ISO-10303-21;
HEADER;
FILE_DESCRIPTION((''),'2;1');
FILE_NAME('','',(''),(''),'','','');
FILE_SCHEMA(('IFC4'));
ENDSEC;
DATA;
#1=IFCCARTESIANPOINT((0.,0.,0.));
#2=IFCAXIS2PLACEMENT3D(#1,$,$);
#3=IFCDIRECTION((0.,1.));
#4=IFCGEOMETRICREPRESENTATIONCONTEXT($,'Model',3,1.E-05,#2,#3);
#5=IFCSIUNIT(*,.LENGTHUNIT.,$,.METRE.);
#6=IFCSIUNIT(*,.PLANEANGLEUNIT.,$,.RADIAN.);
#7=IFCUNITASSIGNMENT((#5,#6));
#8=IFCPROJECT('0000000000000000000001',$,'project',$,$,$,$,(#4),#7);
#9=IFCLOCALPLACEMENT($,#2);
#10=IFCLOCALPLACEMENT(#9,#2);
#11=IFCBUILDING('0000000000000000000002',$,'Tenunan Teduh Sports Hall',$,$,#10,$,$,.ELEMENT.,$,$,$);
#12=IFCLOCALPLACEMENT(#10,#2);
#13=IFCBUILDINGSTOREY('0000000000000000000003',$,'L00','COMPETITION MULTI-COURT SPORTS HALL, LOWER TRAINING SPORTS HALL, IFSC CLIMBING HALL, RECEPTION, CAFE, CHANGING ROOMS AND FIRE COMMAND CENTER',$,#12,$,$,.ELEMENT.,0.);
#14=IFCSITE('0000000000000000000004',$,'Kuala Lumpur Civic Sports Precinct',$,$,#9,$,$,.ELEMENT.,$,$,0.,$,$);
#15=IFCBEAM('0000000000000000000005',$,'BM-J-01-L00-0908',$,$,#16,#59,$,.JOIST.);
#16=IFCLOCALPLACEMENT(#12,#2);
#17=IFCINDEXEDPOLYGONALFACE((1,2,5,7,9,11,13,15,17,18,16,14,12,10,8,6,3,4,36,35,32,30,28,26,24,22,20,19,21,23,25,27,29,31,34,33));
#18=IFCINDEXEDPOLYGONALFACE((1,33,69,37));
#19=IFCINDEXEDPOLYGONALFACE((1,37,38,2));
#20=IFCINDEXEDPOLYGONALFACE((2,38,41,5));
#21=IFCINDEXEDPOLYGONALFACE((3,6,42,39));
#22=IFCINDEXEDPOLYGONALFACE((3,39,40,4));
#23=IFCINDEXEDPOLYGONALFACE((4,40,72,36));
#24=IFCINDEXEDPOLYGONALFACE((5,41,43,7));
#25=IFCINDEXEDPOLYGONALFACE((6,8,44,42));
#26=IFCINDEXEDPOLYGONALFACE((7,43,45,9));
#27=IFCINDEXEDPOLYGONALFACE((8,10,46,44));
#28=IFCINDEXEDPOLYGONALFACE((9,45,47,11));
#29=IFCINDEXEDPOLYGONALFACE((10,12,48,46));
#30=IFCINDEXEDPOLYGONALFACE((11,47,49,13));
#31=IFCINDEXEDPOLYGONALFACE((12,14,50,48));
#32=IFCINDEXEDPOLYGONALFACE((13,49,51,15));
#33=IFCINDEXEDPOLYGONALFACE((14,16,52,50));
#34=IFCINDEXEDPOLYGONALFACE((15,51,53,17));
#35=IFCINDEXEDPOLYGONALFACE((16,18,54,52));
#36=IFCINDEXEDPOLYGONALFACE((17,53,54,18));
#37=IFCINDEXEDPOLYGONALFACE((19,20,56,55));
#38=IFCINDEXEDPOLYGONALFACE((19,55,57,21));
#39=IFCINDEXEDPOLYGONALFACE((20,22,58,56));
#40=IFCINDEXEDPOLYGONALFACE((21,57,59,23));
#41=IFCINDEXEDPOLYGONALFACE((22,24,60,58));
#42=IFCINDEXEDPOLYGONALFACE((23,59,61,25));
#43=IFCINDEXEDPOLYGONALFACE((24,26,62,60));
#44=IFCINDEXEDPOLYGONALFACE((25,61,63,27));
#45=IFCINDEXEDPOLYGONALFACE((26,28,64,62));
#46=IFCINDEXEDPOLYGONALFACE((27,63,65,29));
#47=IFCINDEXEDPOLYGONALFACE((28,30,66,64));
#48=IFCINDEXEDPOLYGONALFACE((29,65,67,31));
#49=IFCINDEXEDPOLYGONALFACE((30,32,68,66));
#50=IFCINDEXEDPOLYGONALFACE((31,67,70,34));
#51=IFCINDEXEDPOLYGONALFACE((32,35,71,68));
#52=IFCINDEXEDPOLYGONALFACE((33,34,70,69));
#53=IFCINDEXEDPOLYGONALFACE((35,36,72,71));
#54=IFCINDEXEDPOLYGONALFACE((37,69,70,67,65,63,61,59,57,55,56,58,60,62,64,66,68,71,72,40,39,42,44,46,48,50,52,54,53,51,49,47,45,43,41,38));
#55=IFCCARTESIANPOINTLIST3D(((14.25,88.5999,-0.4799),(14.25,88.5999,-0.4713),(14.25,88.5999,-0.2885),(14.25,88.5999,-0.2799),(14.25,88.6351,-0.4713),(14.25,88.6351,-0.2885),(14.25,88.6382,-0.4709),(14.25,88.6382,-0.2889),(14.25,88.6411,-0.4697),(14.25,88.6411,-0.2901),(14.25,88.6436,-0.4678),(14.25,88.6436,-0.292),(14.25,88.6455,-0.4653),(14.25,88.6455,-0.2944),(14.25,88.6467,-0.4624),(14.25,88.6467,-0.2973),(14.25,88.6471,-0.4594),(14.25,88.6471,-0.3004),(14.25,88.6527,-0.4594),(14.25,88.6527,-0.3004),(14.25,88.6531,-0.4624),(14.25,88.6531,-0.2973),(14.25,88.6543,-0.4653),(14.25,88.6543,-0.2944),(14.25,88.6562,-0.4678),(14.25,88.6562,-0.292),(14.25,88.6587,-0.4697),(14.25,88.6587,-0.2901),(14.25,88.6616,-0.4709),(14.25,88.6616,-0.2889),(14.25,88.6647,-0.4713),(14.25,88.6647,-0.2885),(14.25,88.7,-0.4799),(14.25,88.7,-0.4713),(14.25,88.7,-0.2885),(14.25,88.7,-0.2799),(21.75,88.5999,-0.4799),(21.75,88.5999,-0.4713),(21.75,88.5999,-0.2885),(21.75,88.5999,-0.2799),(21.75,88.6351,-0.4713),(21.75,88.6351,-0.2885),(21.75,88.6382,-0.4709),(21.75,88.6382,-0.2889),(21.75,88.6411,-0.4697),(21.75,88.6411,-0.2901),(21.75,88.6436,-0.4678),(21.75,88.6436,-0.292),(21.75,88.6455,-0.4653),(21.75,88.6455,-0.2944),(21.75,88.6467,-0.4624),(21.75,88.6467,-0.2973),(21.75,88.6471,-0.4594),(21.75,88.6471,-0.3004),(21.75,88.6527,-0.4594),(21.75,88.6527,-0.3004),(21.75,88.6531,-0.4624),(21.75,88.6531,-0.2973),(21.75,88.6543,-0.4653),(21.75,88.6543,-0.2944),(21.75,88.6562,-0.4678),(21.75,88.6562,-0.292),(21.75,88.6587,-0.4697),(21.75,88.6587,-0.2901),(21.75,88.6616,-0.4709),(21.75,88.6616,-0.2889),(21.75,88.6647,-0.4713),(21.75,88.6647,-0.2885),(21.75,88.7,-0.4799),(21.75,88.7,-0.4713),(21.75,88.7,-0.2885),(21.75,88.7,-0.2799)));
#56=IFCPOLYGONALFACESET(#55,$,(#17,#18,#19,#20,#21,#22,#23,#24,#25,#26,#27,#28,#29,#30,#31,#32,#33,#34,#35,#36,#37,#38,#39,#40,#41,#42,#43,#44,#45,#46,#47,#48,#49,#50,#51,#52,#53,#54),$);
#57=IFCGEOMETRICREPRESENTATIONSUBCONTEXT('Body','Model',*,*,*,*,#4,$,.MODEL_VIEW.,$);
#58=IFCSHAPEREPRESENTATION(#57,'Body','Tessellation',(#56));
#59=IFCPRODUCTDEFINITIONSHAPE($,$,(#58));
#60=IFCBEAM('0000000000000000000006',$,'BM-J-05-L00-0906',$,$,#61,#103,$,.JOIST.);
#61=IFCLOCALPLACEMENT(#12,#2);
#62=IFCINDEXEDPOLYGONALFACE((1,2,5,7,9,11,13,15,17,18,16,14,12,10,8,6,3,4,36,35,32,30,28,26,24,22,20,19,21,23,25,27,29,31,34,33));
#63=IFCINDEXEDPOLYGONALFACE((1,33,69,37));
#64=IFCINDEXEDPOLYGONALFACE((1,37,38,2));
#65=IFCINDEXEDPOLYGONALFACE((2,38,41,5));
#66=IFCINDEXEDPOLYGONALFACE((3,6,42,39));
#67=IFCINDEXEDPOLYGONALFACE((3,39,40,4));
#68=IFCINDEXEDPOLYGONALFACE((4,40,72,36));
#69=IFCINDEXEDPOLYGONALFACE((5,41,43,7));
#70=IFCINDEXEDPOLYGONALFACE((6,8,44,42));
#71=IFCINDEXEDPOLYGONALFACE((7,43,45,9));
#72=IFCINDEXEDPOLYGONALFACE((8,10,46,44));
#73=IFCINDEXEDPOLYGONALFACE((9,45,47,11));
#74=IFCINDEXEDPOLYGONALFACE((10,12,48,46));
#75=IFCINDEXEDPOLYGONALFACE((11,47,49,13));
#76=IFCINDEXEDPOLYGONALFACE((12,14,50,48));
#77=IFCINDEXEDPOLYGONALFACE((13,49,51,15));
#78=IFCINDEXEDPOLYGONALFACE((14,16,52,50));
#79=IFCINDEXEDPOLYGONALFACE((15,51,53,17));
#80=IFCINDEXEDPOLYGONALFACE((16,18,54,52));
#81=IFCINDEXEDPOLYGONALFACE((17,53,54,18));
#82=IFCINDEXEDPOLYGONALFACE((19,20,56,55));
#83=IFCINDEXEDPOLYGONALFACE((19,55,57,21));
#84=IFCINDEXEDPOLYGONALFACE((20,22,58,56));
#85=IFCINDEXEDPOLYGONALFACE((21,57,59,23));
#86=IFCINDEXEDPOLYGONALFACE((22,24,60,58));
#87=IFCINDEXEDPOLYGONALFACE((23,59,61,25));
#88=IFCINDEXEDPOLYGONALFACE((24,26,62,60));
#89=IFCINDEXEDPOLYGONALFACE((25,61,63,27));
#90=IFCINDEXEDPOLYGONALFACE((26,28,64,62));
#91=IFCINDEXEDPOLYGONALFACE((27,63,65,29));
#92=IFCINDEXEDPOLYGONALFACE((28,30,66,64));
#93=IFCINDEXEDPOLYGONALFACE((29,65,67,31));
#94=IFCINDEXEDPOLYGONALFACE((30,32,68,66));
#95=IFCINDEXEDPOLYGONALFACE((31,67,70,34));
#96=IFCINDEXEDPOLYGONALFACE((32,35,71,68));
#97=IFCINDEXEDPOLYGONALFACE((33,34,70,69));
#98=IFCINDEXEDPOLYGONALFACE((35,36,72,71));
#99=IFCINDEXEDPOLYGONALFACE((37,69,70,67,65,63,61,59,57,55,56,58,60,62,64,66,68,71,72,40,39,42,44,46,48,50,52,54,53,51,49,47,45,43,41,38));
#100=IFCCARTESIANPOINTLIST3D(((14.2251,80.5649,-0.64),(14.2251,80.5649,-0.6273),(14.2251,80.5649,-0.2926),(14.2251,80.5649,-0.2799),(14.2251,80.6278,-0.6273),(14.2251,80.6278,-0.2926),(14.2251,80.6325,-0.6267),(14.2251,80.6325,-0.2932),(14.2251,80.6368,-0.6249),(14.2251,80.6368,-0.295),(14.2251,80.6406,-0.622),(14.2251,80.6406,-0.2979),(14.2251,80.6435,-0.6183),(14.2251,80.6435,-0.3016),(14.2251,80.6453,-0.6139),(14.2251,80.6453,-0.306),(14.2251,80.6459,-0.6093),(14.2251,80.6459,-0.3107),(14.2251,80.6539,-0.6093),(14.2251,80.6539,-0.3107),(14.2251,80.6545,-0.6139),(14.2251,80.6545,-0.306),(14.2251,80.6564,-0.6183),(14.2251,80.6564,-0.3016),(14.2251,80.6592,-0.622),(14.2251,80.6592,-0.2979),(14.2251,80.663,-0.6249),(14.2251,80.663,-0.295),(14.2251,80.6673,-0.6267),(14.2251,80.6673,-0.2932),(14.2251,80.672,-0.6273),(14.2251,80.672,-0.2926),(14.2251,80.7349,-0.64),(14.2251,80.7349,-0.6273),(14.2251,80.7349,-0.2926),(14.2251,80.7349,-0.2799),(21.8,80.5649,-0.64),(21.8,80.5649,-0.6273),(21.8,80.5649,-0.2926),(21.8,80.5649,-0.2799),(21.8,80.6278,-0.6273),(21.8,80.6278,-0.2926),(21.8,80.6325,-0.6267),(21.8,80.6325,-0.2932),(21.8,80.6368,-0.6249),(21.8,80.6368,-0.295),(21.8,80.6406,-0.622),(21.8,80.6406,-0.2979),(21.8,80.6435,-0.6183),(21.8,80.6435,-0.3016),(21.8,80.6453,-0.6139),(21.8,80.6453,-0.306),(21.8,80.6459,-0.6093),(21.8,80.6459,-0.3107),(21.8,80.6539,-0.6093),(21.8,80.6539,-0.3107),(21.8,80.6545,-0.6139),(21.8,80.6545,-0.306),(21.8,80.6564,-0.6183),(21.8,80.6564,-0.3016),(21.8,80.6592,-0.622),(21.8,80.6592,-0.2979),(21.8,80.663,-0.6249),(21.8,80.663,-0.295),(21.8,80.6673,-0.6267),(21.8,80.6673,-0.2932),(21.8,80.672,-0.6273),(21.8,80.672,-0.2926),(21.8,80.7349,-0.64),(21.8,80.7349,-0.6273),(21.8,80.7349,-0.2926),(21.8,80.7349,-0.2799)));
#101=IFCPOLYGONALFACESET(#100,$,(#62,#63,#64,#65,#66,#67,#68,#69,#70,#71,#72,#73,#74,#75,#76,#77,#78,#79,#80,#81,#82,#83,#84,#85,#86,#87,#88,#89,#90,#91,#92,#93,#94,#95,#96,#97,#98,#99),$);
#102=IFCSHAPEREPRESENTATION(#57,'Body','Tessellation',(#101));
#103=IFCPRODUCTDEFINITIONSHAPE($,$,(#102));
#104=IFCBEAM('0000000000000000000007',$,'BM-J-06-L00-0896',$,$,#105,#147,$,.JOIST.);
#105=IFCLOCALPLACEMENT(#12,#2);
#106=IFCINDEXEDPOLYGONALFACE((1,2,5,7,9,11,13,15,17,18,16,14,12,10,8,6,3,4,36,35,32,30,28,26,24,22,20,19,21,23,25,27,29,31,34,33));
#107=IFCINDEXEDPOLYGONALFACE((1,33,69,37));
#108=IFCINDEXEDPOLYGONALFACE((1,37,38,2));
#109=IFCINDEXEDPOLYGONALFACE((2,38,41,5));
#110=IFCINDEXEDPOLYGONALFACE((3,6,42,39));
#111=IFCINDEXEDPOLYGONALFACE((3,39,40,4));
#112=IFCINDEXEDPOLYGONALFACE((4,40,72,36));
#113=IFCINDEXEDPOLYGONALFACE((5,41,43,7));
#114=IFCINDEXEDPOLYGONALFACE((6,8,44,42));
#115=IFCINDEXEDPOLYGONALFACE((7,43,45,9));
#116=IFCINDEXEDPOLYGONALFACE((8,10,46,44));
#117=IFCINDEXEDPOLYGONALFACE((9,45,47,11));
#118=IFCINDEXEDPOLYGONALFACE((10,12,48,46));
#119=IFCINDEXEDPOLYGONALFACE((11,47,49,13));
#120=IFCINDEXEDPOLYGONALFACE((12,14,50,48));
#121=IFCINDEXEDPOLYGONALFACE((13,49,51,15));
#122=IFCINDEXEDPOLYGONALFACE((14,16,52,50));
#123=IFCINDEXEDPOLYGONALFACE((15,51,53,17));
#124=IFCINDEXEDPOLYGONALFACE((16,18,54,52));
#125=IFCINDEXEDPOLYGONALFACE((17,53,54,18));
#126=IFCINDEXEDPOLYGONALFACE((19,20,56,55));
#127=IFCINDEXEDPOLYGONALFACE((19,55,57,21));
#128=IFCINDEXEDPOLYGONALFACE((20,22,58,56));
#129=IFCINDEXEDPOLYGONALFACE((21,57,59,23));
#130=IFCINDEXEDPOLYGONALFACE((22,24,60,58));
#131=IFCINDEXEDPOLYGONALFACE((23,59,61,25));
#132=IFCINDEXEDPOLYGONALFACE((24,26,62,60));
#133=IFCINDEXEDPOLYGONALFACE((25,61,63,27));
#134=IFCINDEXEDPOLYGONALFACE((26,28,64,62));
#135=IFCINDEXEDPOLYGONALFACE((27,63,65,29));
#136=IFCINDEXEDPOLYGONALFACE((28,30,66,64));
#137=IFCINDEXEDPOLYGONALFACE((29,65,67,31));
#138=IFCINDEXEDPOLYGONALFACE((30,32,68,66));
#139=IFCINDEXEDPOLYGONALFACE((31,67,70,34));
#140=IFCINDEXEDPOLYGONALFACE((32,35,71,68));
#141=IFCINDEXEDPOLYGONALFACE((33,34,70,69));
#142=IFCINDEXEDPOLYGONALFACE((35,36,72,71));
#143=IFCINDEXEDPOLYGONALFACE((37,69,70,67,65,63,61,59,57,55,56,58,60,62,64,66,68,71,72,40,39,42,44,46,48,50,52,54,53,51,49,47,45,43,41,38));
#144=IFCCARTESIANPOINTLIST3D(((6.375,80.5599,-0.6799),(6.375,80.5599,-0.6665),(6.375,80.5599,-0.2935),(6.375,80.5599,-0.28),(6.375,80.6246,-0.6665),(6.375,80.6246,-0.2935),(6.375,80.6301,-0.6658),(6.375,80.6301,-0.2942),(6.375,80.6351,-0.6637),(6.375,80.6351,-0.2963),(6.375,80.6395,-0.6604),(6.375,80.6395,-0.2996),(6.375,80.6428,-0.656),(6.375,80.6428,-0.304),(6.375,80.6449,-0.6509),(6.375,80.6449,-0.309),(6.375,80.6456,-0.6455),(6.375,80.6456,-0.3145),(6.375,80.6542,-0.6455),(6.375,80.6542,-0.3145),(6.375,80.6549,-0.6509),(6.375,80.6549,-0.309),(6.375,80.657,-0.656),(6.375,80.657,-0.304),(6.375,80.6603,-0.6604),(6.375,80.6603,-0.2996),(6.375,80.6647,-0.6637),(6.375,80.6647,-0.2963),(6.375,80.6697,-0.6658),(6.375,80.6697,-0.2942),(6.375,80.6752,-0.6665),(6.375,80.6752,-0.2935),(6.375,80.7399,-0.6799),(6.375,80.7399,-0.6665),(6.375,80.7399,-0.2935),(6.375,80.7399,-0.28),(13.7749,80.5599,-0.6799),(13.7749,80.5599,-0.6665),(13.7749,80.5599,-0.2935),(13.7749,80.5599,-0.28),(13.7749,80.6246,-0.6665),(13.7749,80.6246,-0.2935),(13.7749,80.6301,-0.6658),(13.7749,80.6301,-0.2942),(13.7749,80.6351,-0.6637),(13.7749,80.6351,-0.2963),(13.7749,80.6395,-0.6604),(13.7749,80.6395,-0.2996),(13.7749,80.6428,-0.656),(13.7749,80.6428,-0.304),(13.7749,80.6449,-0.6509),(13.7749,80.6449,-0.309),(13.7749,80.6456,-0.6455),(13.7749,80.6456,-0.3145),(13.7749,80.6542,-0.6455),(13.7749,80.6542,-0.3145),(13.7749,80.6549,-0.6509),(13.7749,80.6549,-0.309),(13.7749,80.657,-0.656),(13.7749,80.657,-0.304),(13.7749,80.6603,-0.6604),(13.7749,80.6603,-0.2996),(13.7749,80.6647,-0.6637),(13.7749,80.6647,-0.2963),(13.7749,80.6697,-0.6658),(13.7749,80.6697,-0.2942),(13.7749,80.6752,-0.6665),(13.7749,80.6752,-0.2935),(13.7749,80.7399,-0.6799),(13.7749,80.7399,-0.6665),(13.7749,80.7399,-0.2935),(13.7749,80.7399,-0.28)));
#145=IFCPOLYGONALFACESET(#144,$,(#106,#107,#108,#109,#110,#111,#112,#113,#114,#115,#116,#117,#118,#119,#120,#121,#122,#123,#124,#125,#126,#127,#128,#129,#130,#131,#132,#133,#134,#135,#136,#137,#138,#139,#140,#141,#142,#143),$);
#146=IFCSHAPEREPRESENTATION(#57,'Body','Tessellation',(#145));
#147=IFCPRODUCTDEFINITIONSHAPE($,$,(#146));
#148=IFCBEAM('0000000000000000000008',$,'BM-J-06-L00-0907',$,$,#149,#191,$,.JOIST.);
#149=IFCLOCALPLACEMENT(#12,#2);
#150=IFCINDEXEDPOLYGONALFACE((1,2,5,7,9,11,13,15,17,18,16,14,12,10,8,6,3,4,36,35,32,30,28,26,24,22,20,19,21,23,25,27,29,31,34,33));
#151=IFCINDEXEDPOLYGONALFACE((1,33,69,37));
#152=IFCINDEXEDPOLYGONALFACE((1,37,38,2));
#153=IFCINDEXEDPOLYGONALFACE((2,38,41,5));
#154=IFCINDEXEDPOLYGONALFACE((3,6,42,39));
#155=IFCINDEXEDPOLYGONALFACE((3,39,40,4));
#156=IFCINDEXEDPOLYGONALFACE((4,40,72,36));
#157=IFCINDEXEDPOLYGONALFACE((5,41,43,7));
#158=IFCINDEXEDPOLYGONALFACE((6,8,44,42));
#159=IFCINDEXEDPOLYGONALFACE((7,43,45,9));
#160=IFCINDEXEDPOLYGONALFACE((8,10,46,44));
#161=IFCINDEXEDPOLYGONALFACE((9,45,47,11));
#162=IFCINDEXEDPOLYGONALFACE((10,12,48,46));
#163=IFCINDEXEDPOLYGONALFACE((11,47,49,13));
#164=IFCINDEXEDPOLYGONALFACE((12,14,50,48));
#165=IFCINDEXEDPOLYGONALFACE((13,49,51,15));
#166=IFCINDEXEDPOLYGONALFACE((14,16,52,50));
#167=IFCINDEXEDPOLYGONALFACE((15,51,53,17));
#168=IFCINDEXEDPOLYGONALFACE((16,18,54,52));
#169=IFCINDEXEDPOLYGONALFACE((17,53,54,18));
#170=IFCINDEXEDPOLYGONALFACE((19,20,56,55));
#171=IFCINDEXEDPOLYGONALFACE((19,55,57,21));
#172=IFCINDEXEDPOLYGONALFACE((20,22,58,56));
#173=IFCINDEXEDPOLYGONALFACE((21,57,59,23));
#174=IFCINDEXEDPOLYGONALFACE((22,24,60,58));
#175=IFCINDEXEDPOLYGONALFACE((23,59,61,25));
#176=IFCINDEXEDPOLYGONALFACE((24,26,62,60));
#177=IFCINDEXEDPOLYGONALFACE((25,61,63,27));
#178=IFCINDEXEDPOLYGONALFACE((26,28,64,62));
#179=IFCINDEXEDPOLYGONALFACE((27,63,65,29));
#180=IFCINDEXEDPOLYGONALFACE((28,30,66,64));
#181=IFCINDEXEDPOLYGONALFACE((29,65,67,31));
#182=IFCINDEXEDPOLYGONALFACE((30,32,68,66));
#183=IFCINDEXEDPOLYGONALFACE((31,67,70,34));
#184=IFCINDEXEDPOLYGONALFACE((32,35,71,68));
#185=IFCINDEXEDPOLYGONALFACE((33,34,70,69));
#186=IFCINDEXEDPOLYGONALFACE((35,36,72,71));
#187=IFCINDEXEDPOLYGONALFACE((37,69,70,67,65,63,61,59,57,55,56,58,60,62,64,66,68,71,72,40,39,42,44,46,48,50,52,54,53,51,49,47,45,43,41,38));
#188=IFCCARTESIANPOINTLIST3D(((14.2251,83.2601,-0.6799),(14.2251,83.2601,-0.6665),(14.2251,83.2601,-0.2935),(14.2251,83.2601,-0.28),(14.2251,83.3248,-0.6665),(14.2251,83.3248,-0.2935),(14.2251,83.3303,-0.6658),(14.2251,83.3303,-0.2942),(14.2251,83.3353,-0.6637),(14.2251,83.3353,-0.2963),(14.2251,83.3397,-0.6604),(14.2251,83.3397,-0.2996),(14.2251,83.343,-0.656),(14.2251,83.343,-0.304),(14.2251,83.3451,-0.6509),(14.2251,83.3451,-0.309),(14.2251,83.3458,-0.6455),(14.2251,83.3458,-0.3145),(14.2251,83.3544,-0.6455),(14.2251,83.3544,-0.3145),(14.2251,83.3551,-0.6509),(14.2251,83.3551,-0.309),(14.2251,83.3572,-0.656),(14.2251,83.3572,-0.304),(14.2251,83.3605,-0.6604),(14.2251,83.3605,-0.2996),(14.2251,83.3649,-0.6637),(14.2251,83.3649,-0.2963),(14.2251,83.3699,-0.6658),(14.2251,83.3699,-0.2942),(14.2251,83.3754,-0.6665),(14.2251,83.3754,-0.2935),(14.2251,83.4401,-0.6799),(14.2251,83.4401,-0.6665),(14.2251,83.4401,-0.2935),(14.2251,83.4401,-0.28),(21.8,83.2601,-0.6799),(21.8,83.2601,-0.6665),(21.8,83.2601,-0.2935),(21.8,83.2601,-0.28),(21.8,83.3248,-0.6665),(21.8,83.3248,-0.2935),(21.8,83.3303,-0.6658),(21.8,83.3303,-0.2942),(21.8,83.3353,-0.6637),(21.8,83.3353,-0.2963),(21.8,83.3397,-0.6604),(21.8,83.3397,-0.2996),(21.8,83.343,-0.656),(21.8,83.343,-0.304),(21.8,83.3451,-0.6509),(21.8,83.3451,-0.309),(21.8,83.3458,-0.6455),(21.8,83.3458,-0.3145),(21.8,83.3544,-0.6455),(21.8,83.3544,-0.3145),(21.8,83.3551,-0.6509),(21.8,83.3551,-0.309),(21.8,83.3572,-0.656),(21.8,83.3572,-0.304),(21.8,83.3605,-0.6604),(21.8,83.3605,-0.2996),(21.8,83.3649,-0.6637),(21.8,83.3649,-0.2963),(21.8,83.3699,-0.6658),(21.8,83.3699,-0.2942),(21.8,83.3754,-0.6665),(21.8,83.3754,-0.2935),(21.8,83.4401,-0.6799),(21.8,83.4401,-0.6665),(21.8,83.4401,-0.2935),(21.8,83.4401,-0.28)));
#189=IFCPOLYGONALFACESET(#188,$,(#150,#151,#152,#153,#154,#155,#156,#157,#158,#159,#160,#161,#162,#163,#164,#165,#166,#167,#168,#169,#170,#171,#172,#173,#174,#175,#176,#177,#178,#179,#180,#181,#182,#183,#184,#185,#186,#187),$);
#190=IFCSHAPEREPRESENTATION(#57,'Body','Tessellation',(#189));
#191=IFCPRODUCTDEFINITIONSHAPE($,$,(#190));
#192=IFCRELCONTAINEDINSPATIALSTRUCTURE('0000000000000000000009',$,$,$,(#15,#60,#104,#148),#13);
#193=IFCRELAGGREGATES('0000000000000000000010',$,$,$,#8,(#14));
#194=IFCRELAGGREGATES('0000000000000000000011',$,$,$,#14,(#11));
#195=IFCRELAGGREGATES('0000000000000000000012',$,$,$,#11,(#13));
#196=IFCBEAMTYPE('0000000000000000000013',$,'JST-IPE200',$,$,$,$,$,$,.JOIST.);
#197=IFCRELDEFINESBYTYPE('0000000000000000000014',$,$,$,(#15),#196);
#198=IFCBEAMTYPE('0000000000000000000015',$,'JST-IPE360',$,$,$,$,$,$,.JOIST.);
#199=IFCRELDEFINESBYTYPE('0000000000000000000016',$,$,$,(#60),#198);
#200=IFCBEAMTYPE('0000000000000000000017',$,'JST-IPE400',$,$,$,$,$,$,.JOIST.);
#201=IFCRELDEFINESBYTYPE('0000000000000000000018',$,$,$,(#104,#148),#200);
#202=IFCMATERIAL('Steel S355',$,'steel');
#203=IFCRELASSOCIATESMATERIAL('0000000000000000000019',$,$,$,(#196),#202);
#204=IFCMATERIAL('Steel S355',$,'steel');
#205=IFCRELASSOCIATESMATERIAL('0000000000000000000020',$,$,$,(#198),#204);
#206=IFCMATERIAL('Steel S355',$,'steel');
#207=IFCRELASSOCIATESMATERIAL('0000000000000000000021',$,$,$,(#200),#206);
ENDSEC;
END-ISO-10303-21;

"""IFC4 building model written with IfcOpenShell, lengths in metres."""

from ifc_helpers import new_model, si_unit, direction, frame, origin, origin_2d, place, context, subcontext, project, spatial, i_section, extrude, material, material_profile, profile_set, type_object, element, save


model = new_model("IFC4")

# Units and contexts
model_context = context("Model", 3, precision=1e-05, world=origin(), true_north=direction((0.0, 1.0)))
body_context = subcontext(model_context, "Body", "Model", "MODEL_VIEW")
ifc_project = project(units=[si_unit("LENGTHUNIT", "METRE"), si_unit("PLANEANGLEUNIT", "RADIAN")], contexts=[model_context])

# Site, building, storey
site_placement = place(None, origin())
site = spatial("IfcSite", under=ifc_project, at=site_placement, Name="Kuala Lumpur Civic Sports Precinct", CompositionType="ELEMENT", RefElevation=0.0)
building_placement = place(site_placement, origin())
building = spatial("IfcBuilding", under=site, at=building_placement, Name="Tenunan Teduh Sports Hall", CompositionType="ELEMENT")
storey_placement = place(building_placement, origin())
storey = spatial("IfcBuildingStorey", under=building, at=storey_placement, Name="L00", Description="COMPETITION MULTI-COURT SPORTS HALL, LOWER TRAINING SPORTS HALL, IFSC CLIMBING HALL, RECEPTION, CAFE, CHANGING ROOMS AND FIRE COMMAND CENTER", CompositionType="ELEMENT", Elevation=0.0)

# Beams
ifc_material_1 = material(Name="Steel S355", Category="steel")
ifc_material_profile_1 = material_profile(ifc_material_1, i_section(OverallWidth=0.1001, OverallDepth=0.2, WebThickness=0.0056, FlangeThickness=0.0085, FilletRadius=0.012, at=origin_2d()), Name="IPE 200")
ifc_profile_set_1 = profile_set([ifc_material_profile_1], Name="Steel S355")
beam_type_1 = type_object("IfcBeamType", Name="JST-IPE200", PredefinedType="JOIST", material=ifc_profile_set_1)
beam_1_placement = place(storey_placement, frame((14.25, 88.6499, -0.3799), z_axis=(1.0, 0.0, 0.0), x_axis=(0.0, 1.0, 0.0)))
element("IfcBeam", 1, at=beam_1_placement, inside=storey, type_object=beam_type_1, Name="BM-J-01-L00-0908", PredefinedType="JOIST", context=body_context, shape_type="SweptSolid", body=[
    extrude(i_section(OverallWidth=0.1001, OverallDepth=0.2, WebThickness=0.0056, FlangeThickness=0.0085, FilletRadius=0.012, at=origin_2d()), origin(), (0.0, 0.0, 1.0), 7.5),
])
ifc_material_2 = material(Name="Steel S355", Category="steel")
ifc_material_profile_2 = material_profile(ifc_material_2, i_section(OverallWidth=0.1699, OverallDepth=0.3601, WebThickness=0.0081, FlangeThickness=0.0127, FilletRadius=0.0181, at=origin_2d()), Name="IPE 360")
ifc_profile_set_2 = profile_set([ifc_material_profile_2], Name="Steel S355")
beam_type_2 = type_object("IfcBeamType", Name="JST-IPE360", PredefinedType="JOIST", material=ifc_profile_set_2)
beam_2_placement = place(storey_placement, frame((14.2251, 80.6499, -0.46), z_axis=(1.0, 0.0, 0.0), x_axis=(0.0, 1.0, 0.0)))
element("IfcBeam", 2, at=beam_2_placement, inside=storey, type_object=beam_type_2, Name="BM-J-05-L00-0906", PredefinedType="JOIST", context=body_context, shape_type="SweptSolid", body=[
    extrude(i_section(OverallWidth=0.1699, OverallDepth=0.3601, WebThickness=0.0081, FlangeThickness=0.0127, FilletRadius=0.0181, at=origin_2d()), origin(), (0.0, 0.0, 1.0), 7.575),
])
ifc_material_3 = material(Name="Steel S355", Category="steel")
ifc_material_profile_3 = material_profile(ifc_material_3, i_section(OverallWidth=0.1799, OverallDepth=0.3999, WebThickness=0.0085, FlangeThickness=0.0134, FilletRadius=0.021, at=origin_2d()), Name="IPE 400")
ifc_profile_set_3 = profile_set([ifc_material_profile_3], Name="Steel S355")
beam_type_3 = type_object("IfcBeamType", Name="JST-IPE400", PredefinedType="JOIST", material=ifc_profile_set_3)
beam_3_placement = place(storey_placement, frame((6.375, 80.6499, -0.48), z_axis=(1.0, 0.0, 0.0), x_axis=(0.0, 1.0, 0.0)))
element("IfcBeam", 3, at=beam_3_placement, inside=storey, type_object=beam_type_3, Name="BM-J-06-L00-0896", PredefinedType="JOIST", context=body_context, shape_type="SweptSolid", body=[
    extrude(i_section(OverallWidth=0.1799, OverallDepth=0.3999, WebThickness=0.0085, FlangeThickness=0.0134, FilletRadius=0.021, at=origin_2d()), origin(), (0.0, 0.0, 1.0), 7.3999),
])
beam_4_placement = place(storey_placement, frame((14.2251, 83.3501, -0.48), z_axis=(1.0, 0.0, 0.0), x_axis=(0.0, 1.0, 0.0)))
element("IfcBeam", 4, at=beam_4_placement, inside=storey, type_object=beam_type_3, Name="BM-J-06-L00-0907", PredefinedType="JOIST", context=body_context, shape_type="SweptSolid", body=[
    extrude(i_section(OverallWidth=0.1799, OverallDepth=0.3999, WebThickness=0.0085, FlangeThickness=0.0134, FilletRadius=0.021, at=origin_2d()), origin(), (0.0, 0.0, 1.0), 7.575),
])

save(model, "model.ifc")
